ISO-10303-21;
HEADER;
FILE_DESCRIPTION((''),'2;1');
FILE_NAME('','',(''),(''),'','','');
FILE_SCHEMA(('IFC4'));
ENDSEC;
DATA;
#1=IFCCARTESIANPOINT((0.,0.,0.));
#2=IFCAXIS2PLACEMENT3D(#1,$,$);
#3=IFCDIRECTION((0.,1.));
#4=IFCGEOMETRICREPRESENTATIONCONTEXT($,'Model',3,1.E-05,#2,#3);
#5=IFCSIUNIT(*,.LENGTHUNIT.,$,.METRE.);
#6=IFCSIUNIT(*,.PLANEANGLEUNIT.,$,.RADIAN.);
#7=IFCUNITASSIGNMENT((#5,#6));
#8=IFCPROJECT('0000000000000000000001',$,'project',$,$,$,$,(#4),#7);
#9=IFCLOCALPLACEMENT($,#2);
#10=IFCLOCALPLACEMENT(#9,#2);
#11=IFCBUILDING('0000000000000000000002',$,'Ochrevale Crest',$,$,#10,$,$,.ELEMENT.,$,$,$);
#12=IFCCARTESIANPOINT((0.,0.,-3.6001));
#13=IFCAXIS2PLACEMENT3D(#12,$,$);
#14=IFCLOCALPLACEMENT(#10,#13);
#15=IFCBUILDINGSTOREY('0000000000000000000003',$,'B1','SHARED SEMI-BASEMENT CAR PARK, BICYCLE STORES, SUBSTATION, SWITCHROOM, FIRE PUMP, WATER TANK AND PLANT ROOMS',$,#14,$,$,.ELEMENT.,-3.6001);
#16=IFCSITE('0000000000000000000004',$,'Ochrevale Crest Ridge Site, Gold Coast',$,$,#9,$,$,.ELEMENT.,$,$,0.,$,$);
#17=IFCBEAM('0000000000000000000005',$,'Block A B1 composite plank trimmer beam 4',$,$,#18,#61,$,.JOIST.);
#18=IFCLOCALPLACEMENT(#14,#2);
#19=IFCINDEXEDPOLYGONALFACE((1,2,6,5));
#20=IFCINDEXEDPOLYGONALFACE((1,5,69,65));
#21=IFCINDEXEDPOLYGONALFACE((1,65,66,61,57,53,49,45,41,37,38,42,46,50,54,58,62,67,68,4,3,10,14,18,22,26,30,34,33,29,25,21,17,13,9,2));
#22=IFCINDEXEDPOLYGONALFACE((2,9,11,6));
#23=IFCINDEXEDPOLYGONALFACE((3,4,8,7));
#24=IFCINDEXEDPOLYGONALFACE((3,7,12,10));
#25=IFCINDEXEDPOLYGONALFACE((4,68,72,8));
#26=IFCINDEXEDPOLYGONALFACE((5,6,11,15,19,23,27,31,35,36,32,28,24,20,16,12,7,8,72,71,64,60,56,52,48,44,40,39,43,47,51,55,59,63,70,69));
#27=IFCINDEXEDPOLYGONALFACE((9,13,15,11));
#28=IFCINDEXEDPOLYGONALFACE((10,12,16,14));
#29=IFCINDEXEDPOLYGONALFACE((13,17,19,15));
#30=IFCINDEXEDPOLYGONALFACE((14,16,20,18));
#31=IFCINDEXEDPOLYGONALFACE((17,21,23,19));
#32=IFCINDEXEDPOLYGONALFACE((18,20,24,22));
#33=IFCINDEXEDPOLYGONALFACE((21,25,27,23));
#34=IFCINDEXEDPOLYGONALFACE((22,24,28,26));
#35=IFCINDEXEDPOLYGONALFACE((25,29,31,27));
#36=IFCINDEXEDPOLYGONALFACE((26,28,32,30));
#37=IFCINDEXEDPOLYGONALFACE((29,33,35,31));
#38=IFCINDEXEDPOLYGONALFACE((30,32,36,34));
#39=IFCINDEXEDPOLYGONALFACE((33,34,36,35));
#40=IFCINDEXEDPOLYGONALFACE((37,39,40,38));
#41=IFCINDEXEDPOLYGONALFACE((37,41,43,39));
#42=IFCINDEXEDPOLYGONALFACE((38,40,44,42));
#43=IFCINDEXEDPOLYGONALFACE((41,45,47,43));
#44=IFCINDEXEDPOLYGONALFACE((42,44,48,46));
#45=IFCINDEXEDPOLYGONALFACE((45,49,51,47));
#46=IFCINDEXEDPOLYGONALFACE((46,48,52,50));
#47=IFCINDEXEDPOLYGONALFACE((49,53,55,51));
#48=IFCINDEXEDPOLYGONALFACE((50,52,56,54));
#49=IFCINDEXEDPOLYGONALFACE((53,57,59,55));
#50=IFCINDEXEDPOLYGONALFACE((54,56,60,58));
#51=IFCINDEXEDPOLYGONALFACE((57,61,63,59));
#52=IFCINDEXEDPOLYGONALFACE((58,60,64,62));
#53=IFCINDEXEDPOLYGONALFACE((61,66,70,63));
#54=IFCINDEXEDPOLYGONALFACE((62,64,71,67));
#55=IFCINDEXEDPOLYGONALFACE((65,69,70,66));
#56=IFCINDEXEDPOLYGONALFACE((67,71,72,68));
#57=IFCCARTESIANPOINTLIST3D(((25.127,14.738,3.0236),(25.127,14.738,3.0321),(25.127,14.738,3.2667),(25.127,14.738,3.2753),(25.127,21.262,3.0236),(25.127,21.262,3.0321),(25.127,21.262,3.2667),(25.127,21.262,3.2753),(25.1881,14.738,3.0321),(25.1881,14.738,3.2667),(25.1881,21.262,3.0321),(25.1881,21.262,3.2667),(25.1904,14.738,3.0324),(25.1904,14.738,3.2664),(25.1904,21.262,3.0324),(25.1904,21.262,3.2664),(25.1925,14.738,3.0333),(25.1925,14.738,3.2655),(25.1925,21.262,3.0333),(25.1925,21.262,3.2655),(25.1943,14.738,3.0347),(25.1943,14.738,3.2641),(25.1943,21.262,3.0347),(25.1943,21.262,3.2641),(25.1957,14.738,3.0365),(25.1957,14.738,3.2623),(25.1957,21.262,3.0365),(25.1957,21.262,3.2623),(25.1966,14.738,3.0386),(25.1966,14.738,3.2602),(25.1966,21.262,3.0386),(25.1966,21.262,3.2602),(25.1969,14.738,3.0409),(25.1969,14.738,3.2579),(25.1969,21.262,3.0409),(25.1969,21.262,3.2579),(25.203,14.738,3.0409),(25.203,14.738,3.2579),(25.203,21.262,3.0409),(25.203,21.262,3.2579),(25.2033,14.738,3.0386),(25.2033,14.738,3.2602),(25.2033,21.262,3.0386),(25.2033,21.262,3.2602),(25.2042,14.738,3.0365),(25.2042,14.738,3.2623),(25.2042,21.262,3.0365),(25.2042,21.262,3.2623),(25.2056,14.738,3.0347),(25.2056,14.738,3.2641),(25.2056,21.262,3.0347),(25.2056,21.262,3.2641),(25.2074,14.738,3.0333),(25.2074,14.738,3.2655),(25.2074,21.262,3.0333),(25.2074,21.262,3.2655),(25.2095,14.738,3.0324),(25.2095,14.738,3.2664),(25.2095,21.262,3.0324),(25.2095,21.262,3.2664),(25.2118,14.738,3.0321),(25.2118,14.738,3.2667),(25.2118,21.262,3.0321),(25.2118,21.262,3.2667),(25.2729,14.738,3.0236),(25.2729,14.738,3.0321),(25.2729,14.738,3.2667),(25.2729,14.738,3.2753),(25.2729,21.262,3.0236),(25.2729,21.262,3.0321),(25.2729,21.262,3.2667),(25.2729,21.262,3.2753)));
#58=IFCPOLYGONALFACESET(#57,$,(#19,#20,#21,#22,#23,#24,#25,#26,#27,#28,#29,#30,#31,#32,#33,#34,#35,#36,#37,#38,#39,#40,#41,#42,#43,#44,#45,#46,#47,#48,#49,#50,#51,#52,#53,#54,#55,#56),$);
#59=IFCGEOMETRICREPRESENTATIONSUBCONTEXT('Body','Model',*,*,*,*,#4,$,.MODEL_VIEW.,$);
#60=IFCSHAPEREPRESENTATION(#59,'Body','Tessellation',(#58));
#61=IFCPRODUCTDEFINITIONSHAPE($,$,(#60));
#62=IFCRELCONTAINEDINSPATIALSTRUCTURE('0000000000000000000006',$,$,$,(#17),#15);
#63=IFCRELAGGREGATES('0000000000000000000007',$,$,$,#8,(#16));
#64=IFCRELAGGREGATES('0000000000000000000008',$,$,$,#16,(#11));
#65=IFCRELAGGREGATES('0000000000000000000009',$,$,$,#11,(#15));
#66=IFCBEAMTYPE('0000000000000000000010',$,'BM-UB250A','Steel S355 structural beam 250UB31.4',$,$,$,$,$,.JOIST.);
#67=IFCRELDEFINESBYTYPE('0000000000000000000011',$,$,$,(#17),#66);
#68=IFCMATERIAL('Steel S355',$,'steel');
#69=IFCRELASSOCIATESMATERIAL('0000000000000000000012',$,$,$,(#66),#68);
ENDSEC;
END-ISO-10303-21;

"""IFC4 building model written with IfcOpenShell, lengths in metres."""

from ifc_helpers import new_model, si_unit, direction, frame, origin, origin_2d, place, context, subcontext, project, spatial, i_section, extrude, material, material_profile, profile_set, type_object, element, save


model = new_model("IFC4")

# Units and contexts
model_context = context("Model", 3, precision=1e-05, world=origin(), true_north=direction((0.0, 1.0)))
body_context = subcontext(model_context, "Body", "Model", "MODEL_VIEW")
ifc_project = project(units=[si_unit("LENGTHUNIT", "METRE"), si_unit("PLANEANGLEUNIT", "RADIAN")], contexts=[model_context])

# Site, building, storey
site_placement = place(None, origin())
site = spatial("IfcSite", under=ifc_project, at=site_placement, Name="Ochrevale Crest Ridge Site, Gold Coast", CompositionType="ELEMENT", RefElevation=0.0)
building_placement = place(site_placement, origin())
building = spatial("IfcBuilding", under=site, at=building_placement, Name="Ochrevale Crest", CompositionType="ELEMENT")
storey_placement = place(building_placement, frame((0.0, 0.0, -3.6001)))
storey = spatial("IfcBuildingStorey", under=building, at=storey_placement, Name="B1", Description="SHARED SEMI-BASEMENT CAR PARK, BICYCLE STORES, SUBSTATION, SWITCHROOM, FIRE PUMP, WATER TANK AND PLANT ROOMS", CompositionType="ELEMENT", Elevation=-3.6001)

# Beam
ifc_material_1 = material(Name="Steel S355", Category="steel")
ifc_material_profile_1 = material_profile(ifc_material_1, i_section(OverallWidth=0.146, OverallDepth=0.2517, WebThickness=0.0061, FlangeThickness=0.0085, FilletRadius=0.0088, at=origin_2d()), Name="250UB31.4")
ifc_profile_set_1 = profile_set([ifc_material_profile_1], Name="Steel S355")
beam_type_1 = type_object("IfcBeamType", Name="BM-UB250A", Description="Steel S355 structural beam 250UB31.4", PredefinedType="JOIST", material=ifc_profile_set_1)
beam_1_placement = place(storey_placement, frame((25.2, 14.738, 3.1494), z_axis=(0.0, 1.0, 0.0), x_axis=(-1.0, 0.0, 0.0)))
element("IfcBeam", 1, at=beam_1_placement, inside=storey, type_object=beam_type_1, Name="Block A B1 composite plank trimmer beam 4", PredefinedType="JOIST", context=body_context, shape_type="SweptSolid", body=[
    extrude(i_section(OverallWidth=0.146, OverallDepth=0.2517, WebThickness=0.0061, FlangeThickness=0.0085, FilletRadius=0.0088, at=origin_2d()), origin(), (0.0, 0.0, 1.0), 6.5239),
])

save(model, "model.ifc")
